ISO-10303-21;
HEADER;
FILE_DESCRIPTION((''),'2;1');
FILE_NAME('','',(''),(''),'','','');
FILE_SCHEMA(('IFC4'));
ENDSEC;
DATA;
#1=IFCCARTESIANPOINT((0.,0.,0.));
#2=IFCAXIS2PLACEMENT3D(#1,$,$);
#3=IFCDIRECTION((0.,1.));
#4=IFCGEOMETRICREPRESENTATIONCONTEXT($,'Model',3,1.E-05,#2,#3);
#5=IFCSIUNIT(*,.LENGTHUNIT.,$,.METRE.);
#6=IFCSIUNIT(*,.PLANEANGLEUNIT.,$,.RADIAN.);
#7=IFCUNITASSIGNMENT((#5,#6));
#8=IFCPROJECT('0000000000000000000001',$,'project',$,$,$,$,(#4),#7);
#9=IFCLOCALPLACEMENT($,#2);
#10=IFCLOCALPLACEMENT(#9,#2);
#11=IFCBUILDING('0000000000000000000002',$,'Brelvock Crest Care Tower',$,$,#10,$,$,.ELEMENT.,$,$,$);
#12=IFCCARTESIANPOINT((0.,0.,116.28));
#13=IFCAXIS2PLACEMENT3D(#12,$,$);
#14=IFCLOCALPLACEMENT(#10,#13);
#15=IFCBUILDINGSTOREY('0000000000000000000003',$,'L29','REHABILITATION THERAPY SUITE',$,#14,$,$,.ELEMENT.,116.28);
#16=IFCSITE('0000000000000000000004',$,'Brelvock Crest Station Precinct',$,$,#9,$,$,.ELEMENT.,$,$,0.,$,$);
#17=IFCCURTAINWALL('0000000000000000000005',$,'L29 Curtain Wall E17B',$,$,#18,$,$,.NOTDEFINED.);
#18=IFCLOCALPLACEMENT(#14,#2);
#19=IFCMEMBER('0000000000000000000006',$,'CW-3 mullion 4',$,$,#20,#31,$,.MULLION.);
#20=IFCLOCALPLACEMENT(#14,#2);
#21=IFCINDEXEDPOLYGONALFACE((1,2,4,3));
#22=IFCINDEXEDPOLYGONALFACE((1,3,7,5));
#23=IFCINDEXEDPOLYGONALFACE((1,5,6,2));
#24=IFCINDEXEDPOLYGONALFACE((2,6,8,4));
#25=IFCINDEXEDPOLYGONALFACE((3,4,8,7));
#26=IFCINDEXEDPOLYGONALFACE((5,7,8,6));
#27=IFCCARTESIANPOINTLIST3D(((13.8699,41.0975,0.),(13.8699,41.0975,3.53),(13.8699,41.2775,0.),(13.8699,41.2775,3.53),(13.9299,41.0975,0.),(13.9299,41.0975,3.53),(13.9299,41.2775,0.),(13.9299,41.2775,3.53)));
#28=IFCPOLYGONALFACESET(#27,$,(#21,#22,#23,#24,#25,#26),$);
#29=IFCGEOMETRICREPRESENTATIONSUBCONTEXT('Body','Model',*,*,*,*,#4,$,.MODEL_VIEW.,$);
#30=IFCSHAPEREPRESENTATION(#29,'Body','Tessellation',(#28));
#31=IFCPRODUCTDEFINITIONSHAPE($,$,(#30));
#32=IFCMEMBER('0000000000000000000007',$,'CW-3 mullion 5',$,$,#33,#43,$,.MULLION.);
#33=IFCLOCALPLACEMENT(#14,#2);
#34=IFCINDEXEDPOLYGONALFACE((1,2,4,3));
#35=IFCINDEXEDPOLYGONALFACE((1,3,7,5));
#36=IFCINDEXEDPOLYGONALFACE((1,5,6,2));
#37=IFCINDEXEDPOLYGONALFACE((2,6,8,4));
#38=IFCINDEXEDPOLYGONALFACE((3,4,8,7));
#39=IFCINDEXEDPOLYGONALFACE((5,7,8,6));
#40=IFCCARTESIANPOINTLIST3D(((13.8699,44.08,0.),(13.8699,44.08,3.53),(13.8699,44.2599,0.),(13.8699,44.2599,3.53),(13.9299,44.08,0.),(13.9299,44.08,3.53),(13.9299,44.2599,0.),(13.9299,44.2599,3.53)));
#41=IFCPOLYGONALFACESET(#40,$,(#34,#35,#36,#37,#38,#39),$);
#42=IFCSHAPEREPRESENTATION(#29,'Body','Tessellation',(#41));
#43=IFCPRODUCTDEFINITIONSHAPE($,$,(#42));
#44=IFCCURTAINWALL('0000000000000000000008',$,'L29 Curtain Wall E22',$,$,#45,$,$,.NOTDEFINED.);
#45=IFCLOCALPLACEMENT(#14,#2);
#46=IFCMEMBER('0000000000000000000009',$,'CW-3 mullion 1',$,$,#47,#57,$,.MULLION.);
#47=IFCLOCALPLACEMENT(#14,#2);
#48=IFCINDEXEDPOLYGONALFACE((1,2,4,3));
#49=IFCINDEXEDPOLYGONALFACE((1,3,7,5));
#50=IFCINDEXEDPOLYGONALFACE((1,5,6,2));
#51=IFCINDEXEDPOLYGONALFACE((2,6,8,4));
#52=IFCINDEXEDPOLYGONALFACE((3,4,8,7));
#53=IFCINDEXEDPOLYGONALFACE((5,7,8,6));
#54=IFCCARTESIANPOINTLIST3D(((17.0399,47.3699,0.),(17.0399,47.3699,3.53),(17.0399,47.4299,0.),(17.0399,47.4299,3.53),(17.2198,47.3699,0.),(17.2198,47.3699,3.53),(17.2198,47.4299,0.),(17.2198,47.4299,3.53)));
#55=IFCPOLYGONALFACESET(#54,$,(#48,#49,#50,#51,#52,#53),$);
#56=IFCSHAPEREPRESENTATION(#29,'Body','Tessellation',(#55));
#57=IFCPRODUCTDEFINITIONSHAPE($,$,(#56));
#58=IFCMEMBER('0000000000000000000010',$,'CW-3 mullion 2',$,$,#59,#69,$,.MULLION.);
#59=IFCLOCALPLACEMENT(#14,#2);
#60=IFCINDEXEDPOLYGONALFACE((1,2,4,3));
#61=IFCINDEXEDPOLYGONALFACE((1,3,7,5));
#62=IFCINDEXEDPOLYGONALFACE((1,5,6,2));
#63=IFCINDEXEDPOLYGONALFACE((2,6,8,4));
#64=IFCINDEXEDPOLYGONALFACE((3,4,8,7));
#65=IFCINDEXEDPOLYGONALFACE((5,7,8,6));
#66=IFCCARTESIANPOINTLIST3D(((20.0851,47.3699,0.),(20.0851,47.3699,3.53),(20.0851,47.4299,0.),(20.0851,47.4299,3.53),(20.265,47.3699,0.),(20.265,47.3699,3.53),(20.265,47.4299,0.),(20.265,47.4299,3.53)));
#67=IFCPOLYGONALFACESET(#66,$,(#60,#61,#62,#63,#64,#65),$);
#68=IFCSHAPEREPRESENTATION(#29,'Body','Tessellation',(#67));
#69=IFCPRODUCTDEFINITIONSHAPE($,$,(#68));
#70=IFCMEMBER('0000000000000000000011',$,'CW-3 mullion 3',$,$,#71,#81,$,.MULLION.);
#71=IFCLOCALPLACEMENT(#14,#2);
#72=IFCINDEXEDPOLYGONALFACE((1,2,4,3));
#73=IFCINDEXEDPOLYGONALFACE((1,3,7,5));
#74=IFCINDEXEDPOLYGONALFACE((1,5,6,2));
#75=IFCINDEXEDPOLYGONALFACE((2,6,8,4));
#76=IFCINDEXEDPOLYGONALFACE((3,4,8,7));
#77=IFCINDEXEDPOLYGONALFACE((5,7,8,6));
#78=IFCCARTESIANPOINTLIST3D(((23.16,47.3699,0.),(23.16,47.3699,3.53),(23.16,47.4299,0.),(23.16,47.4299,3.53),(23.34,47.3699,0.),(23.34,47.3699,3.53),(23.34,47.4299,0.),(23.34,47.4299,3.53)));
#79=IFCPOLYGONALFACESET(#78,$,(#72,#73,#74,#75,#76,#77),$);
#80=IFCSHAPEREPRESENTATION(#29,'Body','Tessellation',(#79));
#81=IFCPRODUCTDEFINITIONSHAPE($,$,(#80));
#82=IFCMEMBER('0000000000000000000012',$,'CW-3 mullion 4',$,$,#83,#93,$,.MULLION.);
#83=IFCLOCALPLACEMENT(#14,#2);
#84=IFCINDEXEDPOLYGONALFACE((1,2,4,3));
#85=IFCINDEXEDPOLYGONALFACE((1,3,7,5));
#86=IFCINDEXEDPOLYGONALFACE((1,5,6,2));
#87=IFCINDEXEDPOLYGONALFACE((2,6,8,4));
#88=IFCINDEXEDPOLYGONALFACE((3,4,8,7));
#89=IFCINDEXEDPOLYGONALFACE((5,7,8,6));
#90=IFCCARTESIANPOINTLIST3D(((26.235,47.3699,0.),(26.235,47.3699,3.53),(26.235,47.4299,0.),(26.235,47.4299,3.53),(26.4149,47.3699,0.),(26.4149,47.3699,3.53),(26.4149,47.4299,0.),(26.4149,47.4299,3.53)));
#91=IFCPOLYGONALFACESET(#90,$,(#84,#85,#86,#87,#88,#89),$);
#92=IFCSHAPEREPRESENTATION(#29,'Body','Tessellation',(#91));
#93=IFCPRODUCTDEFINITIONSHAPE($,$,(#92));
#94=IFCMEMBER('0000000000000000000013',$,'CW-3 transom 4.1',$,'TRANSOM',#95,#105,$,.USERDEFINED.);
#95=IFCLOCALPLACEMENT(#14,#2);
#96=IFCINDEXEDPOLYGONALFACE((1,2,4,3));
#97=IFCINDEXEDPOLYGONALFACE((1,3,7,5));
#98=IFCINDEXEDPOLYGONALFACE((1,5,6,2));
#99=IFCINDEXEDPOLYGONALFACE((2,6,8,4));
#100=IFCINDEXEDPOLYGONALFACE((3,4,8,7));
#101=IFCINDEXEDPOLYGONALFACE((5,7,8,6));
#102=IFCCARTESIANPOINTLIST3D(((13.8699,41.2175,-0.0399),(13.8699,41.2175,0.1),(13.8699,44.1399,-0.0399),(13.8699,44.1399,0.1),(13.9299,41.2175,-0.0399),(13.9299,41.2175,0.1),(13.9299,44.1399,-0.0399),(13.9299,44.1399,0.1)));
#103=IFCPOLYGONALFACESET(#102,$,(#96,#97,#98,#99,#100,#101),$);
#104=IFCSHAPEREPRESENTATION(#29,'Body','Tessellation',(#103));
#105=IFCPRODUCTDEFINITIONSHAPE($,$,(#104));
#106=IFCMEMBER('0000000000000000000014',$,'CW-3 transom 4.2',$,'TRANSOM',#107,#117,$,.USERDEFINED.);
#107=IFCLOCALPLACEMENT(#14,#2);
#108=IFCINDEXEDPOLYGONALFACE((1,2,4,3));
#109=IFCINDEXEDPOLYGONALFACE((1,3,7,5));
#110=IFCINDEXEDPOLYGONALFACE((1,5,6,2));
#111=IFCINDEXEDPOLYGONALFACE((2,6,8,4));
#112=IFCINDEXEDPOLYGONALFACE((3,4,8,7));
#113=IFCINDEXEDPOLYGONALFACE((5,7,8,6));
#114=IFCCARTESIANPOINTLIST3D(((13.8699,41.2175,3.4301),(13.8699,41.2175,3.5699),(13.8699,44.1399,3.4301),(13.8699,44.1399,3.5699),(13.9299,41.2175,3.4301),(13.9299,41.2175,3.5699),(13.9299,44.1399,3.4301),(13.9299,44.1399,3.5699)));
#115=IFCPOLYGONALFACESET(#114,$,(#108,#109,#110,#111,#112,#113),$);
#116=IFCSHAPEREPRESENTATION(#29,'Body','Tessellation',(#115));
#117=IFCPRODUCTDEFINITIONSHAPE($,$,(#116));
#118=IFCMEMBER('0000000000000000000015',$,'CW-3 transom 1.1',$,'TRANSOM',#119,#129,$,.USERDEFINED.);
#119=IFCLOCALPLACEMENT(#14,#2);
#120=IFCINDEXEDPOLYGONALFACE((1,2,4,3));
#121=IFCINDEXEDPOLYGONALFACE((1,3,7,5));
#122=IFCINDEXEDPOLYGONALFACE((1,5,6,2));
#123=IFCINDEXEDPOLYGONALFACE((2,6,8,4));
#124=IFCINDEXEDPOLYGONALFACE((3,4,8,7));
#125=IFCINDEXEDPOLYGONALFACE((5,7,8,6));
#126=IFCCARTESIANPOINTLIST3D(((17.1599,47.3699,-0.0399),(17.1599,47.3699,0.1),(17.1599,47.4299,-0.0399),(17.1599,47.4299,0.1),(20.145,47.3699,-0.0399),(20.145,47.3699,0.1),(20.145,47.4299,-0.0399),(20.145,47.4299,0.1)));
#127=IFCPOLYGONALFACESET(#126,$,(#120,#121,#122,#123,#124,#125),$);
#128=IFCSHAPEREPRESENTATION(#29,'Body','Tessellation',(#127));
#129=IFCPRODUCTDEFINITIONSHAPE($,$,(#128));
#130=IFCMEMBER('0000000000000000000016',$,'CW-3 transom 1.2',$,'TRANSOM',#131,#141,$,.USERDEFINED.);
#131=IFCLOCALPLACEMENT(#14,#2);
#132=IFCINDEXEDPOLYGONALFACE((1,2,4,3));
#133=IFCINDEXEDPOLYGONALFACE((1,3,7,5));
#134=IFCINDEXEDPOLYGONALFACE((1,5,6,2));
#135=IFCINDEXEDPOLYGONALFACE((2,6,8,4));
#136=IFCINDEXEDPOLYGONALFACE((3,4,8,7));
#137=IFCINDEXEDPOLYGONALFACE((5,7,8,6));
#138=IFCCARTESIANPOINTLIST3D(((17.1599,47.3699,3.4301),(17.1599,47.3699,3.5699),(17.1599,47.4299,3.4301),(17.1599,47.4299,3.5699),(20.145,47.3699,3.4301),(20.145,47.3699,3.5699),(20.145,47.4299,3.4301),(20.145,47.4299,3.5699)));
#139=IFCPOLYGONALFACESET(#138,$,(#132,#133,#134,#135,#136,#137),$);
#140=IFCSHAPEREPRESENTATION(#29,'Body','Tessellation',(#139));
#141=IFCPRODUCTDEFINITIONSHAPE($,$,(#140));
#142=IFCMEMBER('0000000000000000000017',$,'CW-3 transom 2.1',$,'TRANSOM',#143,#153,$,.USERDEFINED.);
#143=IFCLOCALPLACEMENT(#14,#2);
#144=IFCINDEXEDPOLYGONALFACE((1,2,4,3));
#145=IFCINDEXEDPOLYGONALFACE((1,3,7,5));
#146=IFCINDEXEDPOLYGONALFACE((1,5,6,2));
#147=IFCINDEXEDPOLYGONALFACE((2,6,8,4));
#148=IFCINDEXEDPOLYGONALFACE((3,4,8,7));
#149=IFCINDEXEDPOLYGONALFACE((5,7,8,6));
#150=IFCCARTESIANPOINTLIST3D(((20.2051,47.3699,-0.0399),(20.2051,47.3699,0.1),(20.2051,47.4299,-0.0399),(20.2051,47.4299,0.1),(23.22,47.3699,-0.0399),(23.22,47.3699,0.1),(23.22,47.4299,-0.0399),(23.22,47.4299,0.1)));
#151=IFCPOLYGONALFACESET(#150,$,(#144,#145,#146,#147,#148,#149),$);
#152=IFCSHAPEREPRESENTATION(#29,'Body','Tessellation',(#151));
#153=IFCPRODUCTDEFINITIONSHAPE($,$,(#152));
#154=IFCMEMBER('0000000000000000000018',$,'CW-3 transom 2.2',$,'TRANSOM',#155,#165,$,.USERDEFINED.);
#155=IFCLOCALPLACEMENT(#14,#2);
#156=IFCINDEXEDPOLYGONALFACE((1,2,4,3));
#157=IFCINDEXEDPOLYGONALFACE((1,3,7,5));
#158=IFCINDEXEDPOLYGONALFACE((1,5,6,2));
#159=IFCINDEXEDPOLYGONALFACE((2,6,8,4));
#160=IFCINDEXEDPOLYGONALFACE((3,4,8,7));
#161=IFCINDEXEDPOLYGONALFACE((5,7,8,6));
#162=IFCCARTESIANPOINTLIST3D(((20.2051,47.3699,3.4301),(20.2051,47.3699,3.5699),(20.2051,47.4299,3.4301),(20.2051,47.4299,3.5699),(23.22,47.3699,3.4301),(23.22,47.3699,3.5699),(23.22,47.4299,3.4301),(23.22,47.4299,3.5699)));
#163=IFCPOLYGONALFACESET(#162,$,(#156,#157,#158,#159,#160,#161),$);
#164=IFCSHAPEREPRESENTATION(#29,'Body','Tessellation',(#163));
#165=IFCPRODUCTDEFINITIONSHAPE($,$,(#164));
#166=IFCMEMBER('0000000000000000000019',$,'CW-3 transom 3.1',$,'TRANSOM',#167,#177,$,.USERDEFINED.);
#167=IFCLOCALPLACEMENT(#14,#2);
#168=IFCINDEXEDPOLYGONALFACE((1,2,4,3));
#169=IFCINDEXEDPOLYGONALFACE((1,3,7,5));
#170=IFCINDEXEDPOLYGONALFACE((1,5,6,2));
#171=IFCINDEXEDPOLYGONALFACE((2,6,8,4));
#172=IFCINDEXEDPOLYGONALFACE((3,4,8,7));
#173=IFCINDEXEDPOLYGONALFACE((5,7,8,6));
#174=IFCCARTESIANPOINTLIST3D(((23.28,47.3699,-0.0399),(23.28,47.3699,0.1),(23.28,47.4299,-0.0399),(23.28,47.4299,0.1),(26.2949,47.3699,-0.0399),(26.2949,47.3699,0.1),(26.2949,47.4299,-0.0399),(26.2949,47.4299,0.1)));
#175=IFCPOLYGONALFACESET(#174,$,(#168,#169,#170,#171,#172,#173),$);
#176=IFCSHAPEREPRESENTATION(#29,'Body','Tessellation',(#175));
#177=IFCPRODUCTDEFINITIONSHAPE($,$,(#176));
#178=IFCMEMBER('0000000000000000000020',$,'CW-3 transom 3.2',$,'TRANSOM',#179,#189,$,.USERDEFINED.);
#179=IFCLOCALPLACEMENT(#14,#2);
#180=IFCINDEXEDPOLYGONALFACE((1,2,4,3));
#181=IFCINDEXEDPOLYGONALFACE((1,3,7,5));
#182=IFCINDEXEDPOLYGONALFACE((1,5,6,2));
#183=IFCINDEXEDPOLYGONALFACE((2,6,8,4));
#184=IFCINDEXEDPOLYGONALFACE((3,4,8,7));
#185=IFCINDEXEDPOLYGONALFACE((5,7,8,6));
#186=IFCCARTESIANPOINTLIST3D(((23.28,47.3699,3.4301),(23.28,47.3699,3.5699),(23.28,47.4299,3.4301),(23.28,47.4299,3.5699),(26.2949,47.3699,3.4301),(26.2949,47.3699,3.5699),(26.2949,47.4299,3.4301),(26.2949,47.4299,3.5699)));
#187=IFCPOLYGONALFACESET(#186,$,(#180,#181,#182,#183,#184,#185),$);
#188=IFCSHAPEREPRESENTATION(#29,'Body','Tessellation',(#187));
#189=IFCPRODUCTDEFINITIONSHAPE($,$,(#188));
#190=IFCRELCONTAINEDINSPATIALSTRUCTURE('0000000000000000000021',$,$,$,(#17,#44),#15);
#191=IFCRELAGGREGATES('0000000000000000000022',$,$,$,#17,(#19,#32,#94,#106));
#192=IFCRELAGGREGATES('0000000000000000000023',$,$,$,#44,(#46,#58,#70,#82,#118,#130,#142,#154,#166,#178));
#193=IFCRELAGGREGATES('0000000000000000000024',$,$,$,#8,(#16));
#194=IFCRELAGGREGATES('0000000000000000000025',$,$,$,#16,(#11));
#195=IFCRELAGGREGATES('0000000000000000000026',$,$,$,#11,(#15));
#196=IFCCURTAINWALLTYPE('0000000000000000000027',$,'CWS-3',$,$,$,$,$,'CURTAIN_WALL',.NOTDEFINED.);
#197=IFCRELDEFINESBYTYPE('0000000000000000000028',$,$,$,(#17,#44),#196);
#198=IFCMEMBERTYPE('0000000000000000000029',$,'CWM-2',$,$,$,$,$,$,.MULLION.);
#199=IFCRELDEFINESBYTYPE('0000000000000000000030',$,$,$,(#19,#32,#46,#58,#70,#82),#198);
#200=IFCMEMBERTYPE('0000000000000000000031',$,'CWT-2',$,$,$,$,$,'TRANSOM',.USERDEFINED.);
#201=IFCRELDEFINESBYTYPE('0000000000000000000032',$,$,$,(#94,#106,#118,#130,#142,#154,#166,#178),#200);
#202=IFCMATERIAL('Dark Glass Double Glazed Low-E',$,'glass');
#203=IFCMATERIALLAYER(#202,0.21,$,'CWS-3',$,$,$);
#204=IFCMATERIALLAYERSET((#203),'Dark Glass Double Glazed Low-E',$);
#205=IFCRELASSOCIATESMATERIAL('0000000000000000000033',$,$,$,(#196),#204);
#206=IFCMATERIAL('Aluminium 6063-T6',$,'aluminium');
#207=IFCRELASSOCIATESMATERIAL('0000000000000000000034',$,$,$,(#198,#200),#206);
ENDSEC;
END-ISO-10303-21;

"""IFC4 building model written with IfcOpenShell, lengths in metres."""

from ifc_helpers import new_model, si_unit, direction, frame, origin, origin_2d, place, context, subcontext, project, spatial, rectangle, extrude, source, transform, mapped, material, layer, layer_set, material_profile, profile_set, type_object, element, aggregate, save


model = new_model("IFC4")

# Units and contexts
model_context = context("Model", 3, precision=1e-05, world=origin(), true_north=direction((0.0, 1.0)))
body_context = subcontext(model_context, "Body", "Model", "MODEL_VIEW")
ifc_project = project(units=[si_unit("LENGTHUNIT", "METRE"), si_unit("PLANEANGLEUNIT", "RADIAN")], contexts=[model_context])

# Site, building, storey
site_placement = place(None, origin())
site = spatial("IfcSite", under=ifc_project, at=site_placement, Name="Brelvock Crest Station Precinct", CompositionType="ELEMENT", RefElevation=0.0)
building_placement = place(site_placement, origin())
building = spatial("IfcBuilding", under=site, at=building_placement, Name="Brelvock Crest Care Tower", CompositionType="ELEMENT")
storey_placement = place(building_placement, frame((0.0, 0.0, 116.28)))
storey = spatial("IfcBuildingStorey", under=building, at=storey_placement, Name="L29", Description="REHABILITATION THERAPY SUITE", CompositionType="ELEMENT", Elevation=116.28)

# Curtain walls, members
ifc_material_1 = material(Name="Dark Glass Double Glazed Low-E", Category="glass")
ifc_layer_1 = layer(ifc_material_1, 0.21, Name="CWS-3")
ifc_layer_set_1 = layer_set([ifc_layer_1], Name="Dark Glass Double Glazed Low-E")
curtain_wall_type = type_object("IfcCurtainWallType", Name="CWS-3", ElementType="CURTAIN_WALL", PredefinedType="NOTDEFINED", material=ifc_layer_set_1)
curtain_wall_1_placement = place(storey_placement, origin())
curtain_wall_1 = element("IfcCurtainWall", 1, at=curtain_wall_1_placement, inside=storey, type_object=curtain_wall_type, Name="L29 Curtain Wall E17B", PredefinedType="NOTDEFINED")
ifc_material_2 = material(Name="Aluminium 6063-T6", Category="aluminium")
ifc_material_profile_1 = material_profile(ifc_material_2, rectangle(XDim=0.0601, YDim=0.1799, at=origin_2d()), Name="ALU60x180")
ifc_profile_set_1 = profile_set([ifc_material_profile_1], Name="Aluminium 6063-T6")
member_type_1 = type_object("IfcMemberType", Name="CWM-2", PredefinedType="MULLION", material=ifc_profile_set_1)
shared_shape_1 = source(origin(), body_context, "Body", "SweptSolid", [
    extrude(rectangle(XDim=0.0601, YDim=0.1799, at=origin_2d()), origin(), (0.0, 0.0, 1.0), 3.53),
])
member_1_placement = place(storey_placement, frame((13.8999, 41.1875, 0.0), z_axis=(0.0, 0.0, 1.0), x_axis=(-1.0, 0.0, 0.0)))
member_1 = element("IfcMember", 2, at=member_1_placement, type_object=member_type_1, Name="CW-3 mullion 4", PredefinedType="MULLION", context=body_context, shape_type="MappedRepresentation", body=[
    mapped(shared_shape_1, transform((0.0, 0.0, 0.0), x_axis=(1.0, 0.0, 0.0), y_axis=(0.0, 1.0, 0.0), z_axis=(0.0, 0.0, 1.0), scale=1.0)),
])
member_2_placement = place(storey_placement, frame((13.8999, 44.1699, 0.0), z_axis=(0.0, 0.0, 1.0), x_axis=(-1.0, 0.0, 0.0)))
member_2 = element("IfcMember", 3, at=member_2_placement, type_object=member_type_1, Name="CW-3 mullion 5", PredefinedType="MULLION", context=body_context, shape_type="MappedRepresentation", body=[
    mapped(shared_shape_1, transform((0.0, 0.0, 0.0), x_axis=(1.0, 0.0, 0.0), y_axis=(0.0, 1.0, 0.0), z_axis=(0.0, 0.0, 1.0), scale=1.0)),
])
curtain_wall_2_placement = place(storey_placement, origin())
curtain_wall_2 = element("IfcCurtainWall", 4, at=curtain_wall_2_placement, inside=storey, type_object=curtain_wall_type, Name="L29 Curtain Wall E22", PredefinedType="NOTDEFINED")
member_3_placement = place(storey_placement, frame((17.1299, 47.3999, 0.0), z_axis=(0.0, 0.0, 1.0), x_axis=(0.0, 1.0, 0.0)))
member_3 = element("IfcMember", 5, at=member_3_placement, type_object=member_type_1, Name="CW-3 mullion 1", PredefinedType="MULLION", context=body_context, shape_type="MappedRepresentation", body=[
    mapped(shared_shape_1, transform((0.0, 0.0, 0.0), x_axis=(1.0, 0.0, 0.0), y_axis=(0.0, 1.0, 0.0), z_axis=(0.0, 0.0, 1.0), scale=1.0)),
])
member_4_placement = place(storey_placement, frame((20.175, 47.3999, 0.0), z_axis=(0.0, 0.0, 1.0), x_axis=(0.0, 1.0, 0.0)))
member_4 = element("IfcMember", 6, at=member_4_placement, type_object=member_type_1, Name="CW-3 mullion 2", PredefinedType="MULLION", context=body_context, shape_type="MappedRepresentation", body=[
    mapped(shared_shape_1, transform((0.0, 0.0, 0.0), x_axis=(1.0, 0.0, 0.0), y_axis=(0.0, 1.0, 0.0), z_axis=(0.0, 0.0, 1.0), scale=1.0)),
])
member_5_placement = place(storey_placement, frame((23.25, 47.3999, 0.0), z_axis=(0.0, 0.0, 1.0), x_axis=(0.0, 1.0, 0.0)))
member_5 = element("IfcMember", 7, at=member_5_placement, type_object=member_type_1, Name="CW-3 mullion 3", PredefinedType="MULLION", context=body_context, shape_type="MappedRepresentation", body=[
    mapped(shared_shape_1, transform((0.0, 0.0, 0.0), x_axis=(1.0, 0.0, 0.0), y_axis=(0.0, 1.0, 0.0), z_axis=(0.0, 0.0, 1.0), scale=1.0)),
])
member_6_placement = place(storey_placement, frame((26.325, 47.3999, 0.0), z_axis=(0.0, 0.0, 1.0), x_axis=(0.0, 1.0, 0.0)))
member_6 = element("IfcMember", 8, at=member_6_placement, type_object=member_type_1, Name="CW-3 mullion 4", PredefinedType="MULLION", context=body_context, shape_type="MappedRepresentation", body=[
    mapped(shared_shape_1, transform((0.0, 0.0, 0.0), x_axis=(1.0, 0.0, 0.0), y_axis=(0.0, 1.0, 0.0), z_axis=(0.0, 0.0, 1.0), scale=1.0)),
])

# Members
ifc_material_profile_2 = material_profile(ifc_material_2, rectangle(XDim=0.0601, YDim=0.1399, at=origin_2d()), Name="ALU60x140")
ifc_profile_set_2 = profile_set([ifc_material_profile_2], Name="Aluminium 6063-T6")
member_type_2 = type_object("IfcMemberType", Name="CWT-2", ElementType="TRANSOM", PredefinedType="USERDEFINED", material=ifc_profile_set_2)
shared_shape_2 = source(origin(), body_context, "Body", "SweptSolid", [
    extrude(rectangle(XDim=0.0601, YDim=0.1399, at=origin_2d()), origin(), (0.0, 0.0, 1.0), 2.9224),
])
member_7_placement = place(storey_placement, frame((13.8999, 41.2175, 0.03), z_axis=(0.0, 1.0, 0.0), x_axis=(-1.0, 0.0, 0.0)))
member_7 = element("IfcMember", 9, at=member_7_placement, type_object=member_type_2, Name="CW-3 transom 4.1", ObjectType="TRANSOM", PredefinedType="USERDEFINED", context=body_context, shape_type="MappedRepresentation", body=[
    mapped(shared_shape_2, transform((0.0, 0.0, 0.0), x_axis=(1.0, 0.0, 0.0), y_axis=(0.0, 1.0, 0.0), z_axis=(0.0, 0.0, 1.0), scale=1.0)),
])
member_8_placement = place(storey_placement, frame((13.8999, 41.2175, 3.5), z_axis=(0.0, 1.0, 0.0), x_axis=(-1.0, 0.0, 0.0)))
member_8 = element("IfcMember", 10, at=member_8_placement, type_object=member_type_2, Name="CW-3 transom 4.2", ObjectType="TRANSOM", PredefinedType="USERDEFINED", context=body_context, shape_type="MappedRepresentation", body=[
    mapped(shared_shape_2, transform((0.0, 0.0, 0.0), x_axis=(1.0, 0.0, 0.0), y_axis=(0.0, 1.0, 0.0), z_axis=(0.0, 0.0, 1.0), scale=1.0)),
])
shared_shape_3 = source(origin(), body_context, "Body", "SweptSolid", [
    extrude(rectangle(XDim=0.0601, YDim=0.1399, at=origin_2d()), origin(), (0.0, 0.0, 1.0), 2.9851),
])
member_9_placement = place(storey_placement, frame((17.1599, 47.3999, 0.03), z_axis=(1.0, 0.0, 0.0), x_axis=(0.0, 1.0, 0.0)))
member_9 = element("IfcMember", 11, at=member_9_placement, type_object=member_type_2, Name="CW-3 transom 1.1", ObjectType="TRANSOM", PredefinedType="USERDEFINED", context=body_context, shape_type="MappedRepresentation", body=[
    mapped(shared_shape_3, transform((0.0, 0.0, 0.0), x_axis=(1.0, 0.0, 0.0), y_axis=(0.0, 1.0, 0.0), z_axis=(0.0, 0.0, 1.0), scale=1.0)),
])
member_10_placement = place(storey_placement, frame((17.1599, 47.3999, 3.5), z_axis=(1.0, 0.0, 0.0), x_axis=(0.0, 1.0, 0.0)))
member_10 = element("IfcMember", 12, at=member_10_placement, type_object=member_type_2, Name="CW-3 transom 1.2", ObjectType="TRANSOM", PredefinedType="USERDEFINED", context=body_context, shape_type="MappedRepresentation", body=[
    mapped(shared_shape_3, transform((0.0, 0.0, 0.0), x_axis=(1.0, 0.0, 0.0), y_axis=(0.0, 1.0, 0.0), z_axis=(0.0, 0.0, 1.0), scale=1.0)),
])
shared_shape_4 = source(origin(), body_context, "Body", "SweptSolid", [
    extrude(rectangle(XDim=0.0601, YDim=0.1399, at=origin_2d()), origin(), (0.0, 0.0, 1.0), 3.0149),
])
member_11_placement = place(storey_placement, frame((20.2051, 47.3999, 0.03), z_axis=(1.0, 0.0, 0.0), x_axis=(0.0, 1.0, 0.0)))
member_11 = element("IfcMember", 13, at=member_11_placement, type_object=member_type_2, Name="CW-3 transom 2.1", ObjectType="TRANSOM", PredefinedType="USERDEFINED", context=body_context, shape_type="MappedRepresentation", body=[
    mapped(shared_shape_4, transform((0.0, 0.0, 0.0), x_axis=(1.0, 0.0, 0.0), y_axis=(0.0, 1.0, 0.0), z_axis=(0.0, 0.0, 1.0), scale=1.0)),
])
member_12_placement = place(storey_placement, frame((20.2051, 47.3999, 3.5), z_axis=(1.0, 0.0, 0.0), x_axis=(0.0, 1.0, 0.0)))
member_12 = element("IfcMember", 14, at=member_12_placement, type_object=member_type_2, Name="CW-3 transom 2.2", ObjectType="TRANSOM", PredefinedType="USERDEFINED", context=body_context, shape_type="MappedRepresentation", body=[
    mapped(shared_shape_4, transform((0.0, 0.0, 0.0), x_axis=(1.0, 0.0, 0.0), y_axis=(0.0, 1.0, 0.0), z_axis=(0.0, 0.0, 1.0), scale=1.0)),
])
member_13_placement = place(storey_placement, frame((23.28, 47.3999, 0.03), z_axis=(1.0, 0.0, 0.0), x_axis=(0.0, 1.0, 0.0)))
member_13 = element("IfcMember", 15, at=member_13_placement, type_object=member_type_2, Name="CW-3 transom 3.1", ObjectType="TRANSOM", PredefinedType="USERDEFINED", context=body_context, shape_type="MappedRepresentation", body=[
    mapped(shared_shape_4, transform((0.0, 0.0, 0.0), x_axis=(1.0, 0.0, 0.0), y_axis=(0.0, 1.0, 0.0), z_axis=(0.0, 0.0, 1.0), scale=1.0)),
])
member_14_placement = place(storey_placement, frame((23.28, 47.3999, 3.5), z_axis=(1.0, 0.0, 0.0), x_axis=(0.0, 1.0, 0.0)))
member_14 = element("IfcMember", 16, at=member_14_placement, type_object=member_type_2, Name="CW-3 transom 3.2", ObjectType="TRANSOM", PredefinedType="USERDEFINED", context=body_context, shape_type="MappedRepresentation", body=[
    mapped(shared_shape_4, transform((0.0, 0.0, 0.0), x_axis=(1.0, 0.0, 0.0), y_axis=(0.0, 1.0, 0.0), z_axis=(0.0, 0.0, 1.0), scale=1.0)),
])

aggregate(curtain_wall_1, [member_1, member_2, member_7, member_8])
aggregate(curtain_wall_2, [member_3, member_4, member_5, member_6, member_9, member_10, member_11, member_12, member_13, member_14])

save(model, "model.ifc")
